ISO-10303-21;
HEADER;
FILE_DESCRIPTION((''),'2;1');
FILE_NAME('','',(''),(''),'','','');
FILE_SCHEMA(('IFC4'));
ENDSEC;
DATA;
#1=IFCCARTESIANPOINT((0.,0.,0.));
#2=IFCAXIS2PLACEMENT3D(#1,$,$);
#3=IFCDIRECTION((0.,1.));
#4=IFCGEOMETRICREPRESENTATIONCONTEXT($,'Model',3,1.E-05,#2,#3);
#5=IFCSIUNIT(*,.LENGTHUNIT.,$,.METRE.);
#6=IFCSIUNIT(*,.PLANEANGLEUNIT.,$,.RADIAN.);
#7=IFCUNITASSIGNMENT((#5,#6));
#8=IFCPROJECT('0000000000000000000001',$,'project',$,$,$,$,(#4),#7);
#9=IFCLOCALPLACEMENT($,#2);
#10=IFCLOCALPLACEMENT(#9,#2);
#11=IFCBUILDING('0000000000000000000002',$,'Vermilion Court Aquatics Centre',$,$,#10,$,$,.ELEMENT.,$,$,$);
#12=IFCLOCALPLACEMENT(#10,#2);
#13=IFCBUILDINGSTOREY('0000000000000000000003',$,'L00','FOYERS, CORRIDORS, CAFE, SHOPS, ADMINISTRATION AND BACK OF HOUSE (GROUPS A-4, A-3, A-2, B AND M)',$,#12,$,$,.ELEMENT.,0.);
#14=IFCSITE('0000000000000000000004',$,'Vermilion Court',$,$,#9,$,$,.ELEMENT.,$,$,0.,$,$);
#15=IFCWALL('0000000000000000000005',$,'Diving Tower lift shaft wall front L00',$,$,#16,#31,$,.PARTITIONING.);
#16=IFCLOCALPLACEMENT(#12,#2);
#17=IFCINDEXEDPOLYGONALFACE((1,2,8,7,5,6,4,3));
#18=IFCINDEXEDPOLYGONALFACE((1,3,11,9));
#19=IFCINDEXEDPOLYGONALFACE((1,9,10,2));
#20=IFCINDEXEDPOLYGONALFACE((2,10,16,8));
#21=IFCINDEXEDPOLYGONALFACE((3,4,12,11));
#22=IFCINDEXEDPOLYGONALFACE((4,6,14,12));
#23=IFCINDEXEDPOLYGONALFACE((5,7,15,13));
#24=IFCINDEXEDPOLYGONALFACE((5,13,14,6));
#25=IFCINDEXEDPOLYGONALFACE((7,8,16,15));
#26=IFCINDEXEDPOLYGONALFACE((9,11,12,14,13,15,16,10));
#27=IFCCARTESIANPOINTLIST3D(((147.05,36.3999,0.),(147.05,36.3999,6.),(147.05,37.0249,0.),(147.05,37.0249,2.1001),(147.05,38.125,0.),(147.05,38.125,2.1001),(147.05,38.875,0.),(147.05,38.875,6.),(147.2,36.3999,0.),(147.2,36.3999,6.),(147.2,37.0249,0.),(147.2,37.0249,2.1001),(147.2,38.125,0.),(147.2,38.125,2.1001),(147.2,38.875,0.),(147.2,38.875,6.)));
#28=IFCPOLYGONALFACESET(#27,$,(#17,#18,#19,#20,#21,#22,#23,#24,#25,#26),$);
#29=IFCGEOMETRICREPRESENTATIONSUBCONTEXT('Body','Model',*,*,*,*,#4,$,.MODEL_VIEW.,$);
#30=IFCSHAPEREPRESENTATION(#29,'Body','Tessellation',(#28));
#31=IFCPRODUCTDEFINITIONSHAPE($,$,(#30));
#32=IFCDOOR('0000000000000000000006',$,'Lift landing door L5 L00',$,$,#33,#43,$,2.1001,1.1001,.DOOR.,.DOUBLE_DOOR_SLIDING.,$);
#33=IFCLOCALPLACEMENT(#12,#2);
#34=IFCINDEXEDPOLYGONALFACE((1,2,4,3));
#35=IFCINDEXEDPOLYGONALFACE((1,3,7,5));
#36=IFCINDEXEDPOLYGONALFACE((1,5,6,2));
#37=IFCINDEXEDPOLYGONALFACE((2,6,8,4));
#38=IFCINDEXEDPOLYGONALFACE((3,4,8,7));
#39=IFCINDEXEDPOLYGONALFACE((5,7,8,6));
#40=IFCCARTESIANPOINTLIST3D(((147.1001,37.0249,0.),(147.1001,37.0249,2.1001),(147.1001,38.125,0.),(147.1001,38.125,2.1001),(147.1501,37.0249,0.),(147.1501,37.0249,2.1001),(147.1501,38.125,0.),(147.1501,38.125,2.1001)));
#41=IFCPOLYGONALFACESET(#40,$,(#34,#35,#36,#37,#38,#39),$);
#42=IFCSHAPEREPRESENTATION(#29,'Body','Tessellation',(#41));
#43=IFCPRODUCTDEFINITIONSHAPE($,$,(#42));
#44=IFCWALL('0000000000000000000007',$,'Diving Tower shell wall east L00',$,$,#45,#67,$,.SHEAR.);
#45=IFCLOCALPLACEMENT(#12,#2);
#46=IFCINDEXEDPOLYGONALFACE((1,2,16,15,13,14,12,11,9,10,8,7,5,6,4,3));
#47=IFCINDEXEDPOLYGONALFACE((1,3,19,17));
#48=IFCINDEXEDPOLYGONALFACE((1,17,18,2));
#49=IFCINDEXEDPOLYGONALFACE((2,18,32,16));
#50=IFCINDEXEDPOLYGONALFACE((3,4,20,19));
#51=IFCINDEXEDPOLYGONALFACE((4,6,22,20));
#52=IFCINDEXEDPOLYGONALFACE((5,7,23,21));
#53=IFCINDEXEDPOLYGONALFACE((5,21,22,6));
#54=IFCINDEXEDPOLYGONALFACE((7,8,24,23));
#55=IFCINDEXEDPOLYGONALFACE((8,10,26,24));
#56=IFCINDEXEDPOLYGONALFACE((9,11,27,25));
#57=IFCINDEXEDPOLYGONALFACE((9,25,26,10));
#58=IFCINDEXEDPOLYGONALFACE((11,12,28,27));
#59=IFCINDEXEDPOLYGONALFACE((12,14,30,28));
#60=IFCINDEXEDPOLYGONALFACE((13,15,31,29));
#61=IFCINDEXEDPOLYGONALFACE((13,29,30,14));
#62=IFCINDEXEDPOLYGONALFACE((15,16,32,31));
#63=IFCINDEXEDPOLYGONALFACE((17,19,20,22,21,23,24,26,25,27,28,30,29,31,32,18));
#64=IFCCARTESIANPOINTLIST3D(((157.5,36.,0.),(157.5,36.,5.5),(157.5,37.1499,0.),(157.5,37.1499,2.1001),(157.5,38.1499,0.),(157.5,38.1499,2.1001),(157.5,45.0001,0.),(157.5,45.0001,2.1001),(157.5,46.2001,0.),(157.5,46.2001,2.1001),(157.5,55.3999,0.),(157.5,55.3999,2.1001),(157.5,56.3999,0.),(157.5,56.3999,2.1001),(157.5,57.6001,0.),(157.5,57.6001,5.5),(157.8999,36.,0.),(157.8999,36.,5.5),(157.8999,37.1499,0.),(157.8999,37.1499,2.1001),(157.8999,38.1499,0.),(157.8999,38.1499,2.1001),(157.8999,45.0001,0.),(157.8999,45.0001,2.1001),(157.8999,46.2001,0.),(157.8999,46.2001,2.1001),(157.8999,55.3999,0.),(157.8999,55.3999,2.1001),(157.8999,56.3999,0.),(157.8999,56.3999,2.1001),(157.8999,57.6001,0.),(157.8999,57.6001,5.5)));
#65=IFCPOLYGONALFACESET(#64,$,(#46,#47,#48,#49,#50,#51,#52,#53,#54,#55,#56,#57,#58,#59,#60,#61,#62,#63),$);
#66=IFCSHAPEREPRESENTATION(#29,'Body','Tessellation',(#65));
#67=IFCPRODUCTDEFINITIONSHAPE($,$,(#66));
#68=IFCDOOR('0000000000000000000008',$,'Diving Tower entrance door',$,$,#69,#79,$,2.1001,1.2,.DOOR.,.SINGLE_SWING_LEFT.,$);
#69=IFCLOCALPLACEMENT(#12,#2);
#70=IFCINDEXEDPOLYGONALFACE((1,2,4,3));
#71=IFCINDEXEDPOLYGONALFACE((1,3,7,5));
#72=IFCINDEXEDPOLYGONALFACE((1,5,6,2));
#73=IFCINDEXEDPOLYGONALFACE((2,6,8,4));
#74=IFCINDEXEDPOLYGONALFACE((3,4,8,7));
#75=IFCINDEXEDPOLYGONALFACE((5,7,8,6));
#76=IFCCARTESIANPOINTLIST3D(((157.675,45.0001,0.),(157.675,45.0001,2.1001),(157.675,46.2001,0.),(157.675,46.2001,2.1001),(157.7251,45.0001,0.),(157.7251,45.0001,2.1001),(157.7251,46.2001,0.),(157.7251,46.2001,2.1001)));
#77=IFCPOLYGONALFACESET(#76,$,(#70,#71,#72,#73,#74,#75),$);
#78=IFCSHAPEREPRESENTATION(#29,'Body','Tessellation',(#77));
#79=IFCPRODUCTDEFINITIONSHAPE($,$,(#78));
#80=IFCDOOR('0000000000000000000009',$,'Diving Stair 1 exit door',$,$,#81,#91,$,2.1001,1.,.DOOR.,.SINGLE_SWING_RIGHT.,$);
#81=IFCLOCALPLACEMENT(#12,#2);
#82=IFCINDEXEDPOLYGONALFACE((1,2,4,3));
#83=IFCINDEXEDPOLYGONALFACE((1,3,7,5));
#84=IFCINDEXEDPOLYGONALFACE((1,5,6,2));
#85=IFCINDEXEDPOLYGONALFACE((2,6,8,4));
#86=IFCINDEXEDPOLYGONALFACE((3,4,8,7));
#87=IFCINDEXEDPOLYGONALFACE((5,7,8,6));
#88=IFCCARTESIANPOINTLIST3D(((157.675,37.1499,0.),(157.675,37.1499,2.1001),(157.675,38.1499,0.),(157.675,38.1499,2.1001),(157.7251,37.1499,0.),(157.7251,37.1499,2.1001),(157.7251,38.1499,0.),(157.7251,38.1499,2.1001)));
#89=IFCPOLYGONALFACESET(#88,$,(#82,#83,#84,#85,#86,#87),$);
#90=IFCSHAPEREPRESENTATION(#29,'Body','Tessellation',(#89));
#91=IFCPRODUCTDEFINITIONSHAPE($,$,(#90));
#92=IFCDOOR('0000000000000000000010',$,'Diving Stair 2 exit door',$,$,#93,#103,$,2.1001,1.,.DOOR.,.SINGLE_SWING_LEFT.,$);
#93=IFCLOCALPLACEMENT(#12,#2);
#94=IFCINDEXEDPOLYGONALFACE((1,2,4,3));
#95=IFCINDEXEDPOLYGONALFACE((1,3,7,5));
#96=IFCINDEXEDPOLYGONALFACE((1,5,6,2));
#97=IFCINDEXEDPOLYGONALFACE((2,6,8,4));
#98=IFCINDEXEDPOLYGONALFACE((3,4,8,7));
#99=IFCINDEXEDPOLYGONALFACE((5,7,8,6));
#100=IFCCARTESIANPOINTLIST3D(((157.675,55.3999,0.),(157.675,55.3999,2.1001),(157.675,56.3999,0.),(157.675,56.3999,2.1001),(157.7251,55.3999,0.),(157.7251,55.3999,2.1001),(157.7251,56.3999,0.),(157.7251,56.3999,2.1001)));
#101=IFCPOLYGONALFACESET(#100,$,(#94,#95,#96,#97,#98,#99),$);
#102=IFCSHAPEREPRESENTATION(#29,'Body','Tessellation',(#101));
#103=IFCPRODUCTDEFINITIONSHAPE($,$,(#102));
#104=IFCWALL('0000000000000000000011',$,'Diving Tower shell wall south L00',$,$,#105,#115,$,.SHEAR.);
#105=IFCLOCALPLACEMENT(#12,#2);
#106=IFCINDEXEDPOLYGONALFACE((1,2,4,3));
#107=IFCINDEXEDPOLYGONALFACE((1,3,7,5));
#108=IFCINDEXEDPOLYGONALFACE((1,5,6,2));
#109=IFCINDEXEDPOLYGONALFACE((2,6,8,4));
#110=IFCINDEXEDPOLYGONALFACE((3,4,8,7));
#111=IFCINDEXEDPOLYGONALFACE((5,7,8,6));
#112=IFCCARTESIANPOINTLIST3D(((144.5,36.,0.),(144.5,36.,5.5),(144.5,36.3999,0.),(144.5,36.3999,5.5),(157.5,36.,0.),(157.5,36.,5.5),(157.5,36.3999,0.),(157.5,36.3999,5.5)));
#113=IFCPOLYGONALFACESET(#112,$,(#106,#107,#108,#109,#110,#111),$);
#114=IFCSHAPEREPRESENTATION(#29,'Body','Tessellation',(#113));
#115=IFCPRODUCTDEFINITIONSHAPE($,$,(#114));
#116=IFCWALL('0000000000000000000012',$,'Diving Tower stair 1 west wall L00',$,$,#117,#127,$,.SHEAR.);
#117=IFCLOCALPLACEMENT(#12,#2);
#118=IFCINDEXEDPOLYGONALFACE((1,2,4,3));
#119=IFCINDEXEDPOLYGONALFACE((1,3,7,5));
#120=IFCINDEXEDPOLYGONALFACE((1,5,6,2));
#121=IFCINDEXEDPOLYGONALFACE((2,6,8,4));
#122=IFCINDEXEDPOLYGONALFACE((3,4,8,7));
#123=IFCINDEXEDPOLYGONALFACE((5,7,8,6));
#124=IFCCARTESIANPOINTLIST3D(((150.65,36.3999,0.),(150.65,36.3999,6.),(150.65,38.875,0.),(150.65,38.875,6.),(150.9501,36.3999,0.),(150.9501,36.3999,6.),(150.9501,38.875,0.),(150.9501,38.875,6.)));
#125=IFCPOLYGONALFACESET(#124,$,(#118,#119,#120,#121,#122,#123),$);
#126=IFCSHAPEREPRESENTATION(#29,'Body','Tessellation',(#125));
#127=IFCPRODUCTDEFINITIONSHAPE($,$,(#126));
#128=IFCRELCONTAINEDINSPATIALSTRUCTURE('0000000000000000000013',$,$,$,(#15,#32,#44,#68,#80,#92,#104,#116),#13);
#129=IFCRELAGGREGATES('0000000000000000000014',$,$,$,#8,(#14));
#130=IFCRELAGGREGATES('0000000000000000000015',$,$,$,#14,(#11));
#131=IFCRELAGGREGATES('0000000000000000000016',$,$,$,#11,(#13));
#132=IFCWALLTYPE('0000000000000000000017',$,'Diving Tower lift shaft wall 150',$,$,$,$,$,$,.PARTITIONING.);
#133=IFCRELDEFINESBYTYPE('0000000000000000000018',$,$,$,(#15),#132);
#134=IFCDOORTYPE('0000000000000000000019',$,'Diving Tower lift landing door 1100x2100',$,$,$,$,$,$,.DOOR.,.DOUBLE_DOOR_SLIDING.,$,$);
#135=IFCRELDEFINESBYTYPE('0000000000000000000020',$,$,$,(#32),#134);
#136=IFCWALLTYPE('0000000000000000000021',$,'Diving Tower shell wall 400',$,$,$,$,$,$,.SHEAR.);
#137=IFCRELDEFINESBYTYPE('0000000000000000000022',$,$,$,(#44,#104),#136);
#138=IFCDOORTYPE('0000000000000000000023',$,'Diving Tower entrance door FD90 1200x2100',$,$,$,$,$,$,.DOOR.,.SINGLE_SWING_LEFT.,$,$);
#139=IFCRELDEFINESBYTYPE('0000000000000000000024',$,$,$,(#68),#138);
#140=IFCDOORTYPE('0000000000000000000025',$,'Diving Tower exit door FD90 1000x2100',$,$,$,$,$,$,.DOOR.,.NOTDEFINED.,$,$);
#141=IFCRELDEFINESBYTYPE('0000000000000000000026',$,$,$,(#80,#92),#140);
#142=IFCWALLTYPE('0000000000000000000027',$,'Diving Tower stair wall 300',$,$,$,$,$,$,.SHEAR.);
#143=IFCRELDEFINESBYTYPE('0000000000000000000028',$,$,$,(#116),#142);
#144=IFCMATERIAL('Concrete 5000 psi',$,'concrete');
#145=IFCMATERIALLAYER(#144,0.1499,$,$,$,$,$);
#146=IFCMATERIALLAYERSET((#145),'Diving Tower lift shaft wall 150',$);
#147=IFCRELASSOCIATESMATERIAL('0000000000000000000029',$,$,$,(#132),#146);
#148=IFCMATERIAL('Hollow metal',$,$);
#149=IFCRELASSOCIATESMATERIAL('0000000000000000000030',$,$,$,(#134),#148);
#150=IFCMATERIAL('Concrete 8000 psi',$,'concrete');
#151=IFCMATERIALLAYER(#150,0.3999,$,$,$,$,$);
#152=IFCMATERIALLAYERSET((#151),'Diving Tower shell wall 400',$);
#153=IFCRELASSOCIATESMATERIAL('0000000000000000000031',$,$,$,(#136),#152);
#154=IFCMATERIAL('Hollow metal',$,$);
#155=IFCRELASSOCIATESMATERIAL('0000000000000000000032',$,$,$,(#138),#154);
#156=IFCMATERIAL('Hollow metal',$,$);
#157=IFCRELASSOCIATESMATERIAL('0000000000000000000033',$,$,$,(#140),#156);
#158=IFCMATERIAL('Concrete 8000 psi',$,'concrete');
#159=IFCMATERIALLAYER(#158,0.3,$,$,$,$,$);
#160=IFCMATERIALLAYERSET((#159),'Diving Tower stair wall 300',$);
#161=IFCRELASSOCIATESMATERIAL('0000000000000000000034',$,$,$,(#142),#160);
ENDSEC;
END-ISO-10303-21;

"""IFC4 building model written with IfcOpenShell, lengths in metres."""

from ifc_helpers import new_model, si_unit, direction, frame, frame_2d, origin, place, context, subcontext, project, spatial, rectangle, extrude, material, layer, layer_set, type_object, element, fill, save


model = new_model("IFC4")

# Units and contexts
model_context = context("Model", 3, precision=1e-05, world=origin(), true_north=direction((0.0, 1.0)))
body_context = subcontext(model_context, "Body", "Model", "MODEL_VIEW")
ifc_project = project(units=[si_unit("LENGTHUNIT", "METRE"), si_unit("PLANEANGLEUNIT", "RADIAN")], contexts=[model_context])

# Site, building, storey
site_placement = place(None, origin())
site = spatial("IfcSite", under=ifc_project, at=site_placement, Name="Vermilion Court", CompositionType="ELEMENT", RefElevation=0.0)
building_placement = place(site_placement, origin())
building = spatial("IfcBuilding", under=site, at=building_placement, Name="Vermilion Court Aquatics Centre", CompositionType="ELEMENT")
storey_placement = place(building_placement, origin())
storey = spatial("IfcBuildingStorey", under=building, at=storey_placement, Name="L00", Description="FOYERS, CORRIDORS, CAFE, SHOPS, ADMINISTRATION AND BACK OF HOUSE (GROUPS A-4, A-3, A-2, B AND M)", CompositionType="ELEMENT", Elevation=0.0)

# Shared definitions
ifc_material_1 = material(Name="Concrete 5000 psi", Category="concrete")
ifc_layer_1 = layer(ifc_material_1, 0.1499)
ifc_layer_set_1 = layer_set([ifc_layer_1], Name="Diving Tower lift shaft wall 150")
wall_type_1 = type_object("IfcWallType", Name="Diving Tower lift shaft wall 150", PredefinedType="PARTITIONING", material=ifc_layer_set_1)

# Wall, opening, door
wall_1_placement = place(storey_placement, frame((147.125, 36.3999, 0.0), z_axis=(0.0, 0.0, 1.0), x_axis=(0.0, 1.0, 0.0)))
wall_1 = element("IfcWall", 1, at=wall_1_placement, inside=storey, type_object=wall_type_1, Name="Diving Tower lift shaft wall front L00", PredefinedType="PARTITIONING", context=body_context, shape_type="SweptSolid", body=[
    extrude(rectangle(XDim=2.4751, YDim=0.1499, at=frame_2d((1.2375, 0.0))), origin(), (0.0, 0.0, 1.0), 6.0),
])
opening_1_placement = place(wall_1_placement, frame((0.625, 0.0, 0.0)))
opening_1 = element("IfcOpeningElement", 2, at=opening_1_placement, cuts=wall_1, PredefinedType="OPENING", context=body_context, shape_type="SweptSolid", body=[
    extrude(rectangle(XDim=1.1001, YDim=2.1001, at=frame_2d((0.55, 1.05))), frame((0.0, 0.085, 0.0), z_axis=(0.0, -1.0, 0.0), x_axis=(1.0, 0.0, 0.0)), (0.0, 0.0, 1.0), 0.1699),
])
ifc_material_2 = material(Name="Hollow metal")
door_type_1 = type_object("IfcDoorType", Name="Diving Tower lift landing door 1100x2100", OperationType="DOUBLE_DOOR_SLIDING", PredefinedType="DOOR", material=ifc_material_2)
door_1_placement = place(opening_1_placement, origin())
door_1 = element("IfcDoor", 3, at=door_1_placement, inside=storey, type_object=door_type_1, Name="Lift landing door L5 L00", OperationType="DOUBLE_DOOR_SLIDING", OverallHeight=2.1001, OverallWidth=1.1001, PredefinedType="DOOR", context=body_context, shape_type="SweptSolid", body=[
    extrude(rectangle(XDim=1.1001, YDim=2.1001, at=frame_2d((0.55, 1.05))), frame((0.0, 0.0249, 0.0), z_axis=(0.0, -1.0, 0.0), x_axis=(1.0, 0.0, 0.0)), (0.0, 0.0, 1.0), 0.05),
])
fill(opening_1, door_1)

# Wall, openings, doors
ifc_material_3 = material(Name="Concrete 8000 psi", Category="concrete")
ifc_layer_2 = layer(ifc_material_3, 0.3999)
ifc_layer_set_2 = layer_set([ifc_layer_2], Name="Diving Tower shell wall 400")
wall_type_2 = type_object("IfcWallType", Name="Diving Tower shell wall 400", PredefinedType="SHEAR", material=ifc_layer_set_2)
wall_2_placement = place(storey_placement, frame((157.7, 36.0, 0.0), z_axis=(0.0, 0.0, 1.0), x_axis=(0.0, 1.0, 0.0)))
wall_2 = element("IfcWall", 4, at=wall_2_placement, inside=storey, type_object=wall_type_2, Name="Diving Tower shell wall east L00", PredefinedType="SHEAR", context=body_context, shape_type="SweptSolid", body=[
    extrude(rectangle(XDim=21.6001, YDim=0.3999, at=frame_2d((10.8, 0.0))), origin(), (0.0, 0.0, 1.0), 5.5),
])
opening_2_placement = place(wall_2_placement, frame((1.1499, 0.0, 0.0)))
opening_2 = element("IfcOpeningElement", 5, at=opening_2_placement, cuts=wall_2, PredefinedType="OPENING", context=body_context, shape_type="SweptSolid", body=[
    extrude(rectangle(XDim=1.0, YDim=2.1001, at=frame_2d((0.5, 1.05))), frame((0.0, 0.21, 0.0), z_axis=(0.0, -1.0, 0.0), x_axis=(1.0, 0.0, 0.0)), (0.0, 0.0, 1.0), 0.4199),
])
opening_3_placement = place(wall_2_placement, frame((19.3999, 0.0, 0.0)))
opening_3 = element("IfcOpeningElement", 6, at=opening_3_placement, cuts=wall_2, PredefinedType="OPENING", context=body_context, shape_type="SweptSolid", body=[
    extrude(rectangle(XDim=1.0, YDim=2.1001, at=frame_2d((0.5, 1.05))), frame((0.0, 0.21, 0.0), z_axis=(0.0, -1.0, 0.0), x_axis=(1.0, 0.0, 0.0)), (0.0, 0.0, 1.0), 0.4199),
])
opening_4_placement = place(wall_2_placement, frame((9.0, 0.0, 0.0)))
opening_4 = element("IfcOpeningElement", 7, at=opening_4_placement, cuts=wall_2, PredefinedType="OPENING", context=body_context, shape_type="SweptSolid", body=[
    extrude(rectangle(XDim=1.2, YDim=2.1001, at=frame_2d((0.6001, 1.05))), frame((0.0, 0.21, 0.0), z_axis=(0.0, -1.0, 0.0), x_axis=(1.0, 0.0, 0.0)), (0.0, 0.0, 1.0), 0.4199),
])
ifc_material_4 = material(Name="Hollow metal")
door_type_2 = type_object("IfcDoorType", Name="Diving Tower entrance door FD90 1200x2100", OperationType="SINGLE_SWING_LEFT", PredefinedType="DOOR", material=ifc_material_4)
door_2_placement = place(opening_4_placement, origin())
door_2 = element("IfcDoor", 8, at=door_2_placement, inside=storey, type_object=door_type_2, Name="Diving Tower entrance door", OperationType="SINGLE_SWING_LEFT", OverallHeight=2.1001, OverallWidth=1.2, PredefinedType="DOOR", context=body_context, shape_type="SweptSolid", body=[
    extrude(rectangle(XDim=1.2, YDim=2.1001, at=frame_2d((0.6001, 1.05))), frame((0.0, 0.0249, 0.0), z_axis=(0.0, -1.0, 0.0), x_axis=(1.0, 0.0, 0.0)), (0.0, 0.0, 1.0), 0.05),
])
fill(opening_4, door_2)
ifc_material_5 = material(Name="Hollow metal")
door_type_3 = type_object("IfcDoorType", Name="Diving Tower exit door FD90 1000x2100", OperationType="NOTDEFINED", PredefinedType="DOOR", material=ifc_material_5)
door_3_placement = place(opening_2_placement, frame((1.0, 0.0, 0.0), z_axis=(0.0, 0.0, 1.0), x_axis=(-1.0, 0.0, 0.0)))
door_3 = element("IfcDoor", 9, at=door_3_placement, inside=storey, type_object=door_type_3, Name="Diving Stair 1 exit door", OperationType="SINGLE_SWING_RIGHT", OverallHeight=2.1001, OverallWidth=1.0, PredefinedType="DOOR", context=body_context, shape_type="SweptSolid", body=[
    extrude(rectangle(XDim=1.0, YDim=2.1001, at=frame_2d((0.5, 1.05))), frame((0.0, 0.0251, 0.0), z_axis=(0.0, -1.0, 0.0), x_axis=(1.0, 0.0, 0.0)), (0.0, 0.0, 1.0), 0.05),
])
fill(opening_2, door_3)
door_4_placement = place(opening_3_placement, frame((1.0, 0.0, 0.0), z_axis=(0.0, 0.0, 1.0), x_axis=(-1.0, 0.0, 0.0)))
door_4 = element("IfcDoor", 10, at=door_4_placement, inside=storey, type_object=door_type_3, Name="Diving Stair 2 exit door", OperationType="SINGLE_SWING_LEFT", OverallHeight=2.1001, OverallWidth=1.0, PredefinedType="DOOR", context=body_context, shape_type="SweptSolid", body=[
    extrude(rectangle(XDim=1.0, YDim=2.1001, at=frame_2d((0.5, 1.05))), frame((0.0, 0.0251, 0.0), z_axis=(0.0, -1.0, 0.0), x_axis=(1.0, 0.0, 0.0)), (0.0, 0.0, 1.0), 0.05),
])
fill(opening_3, door_4)

# Walls
wall_3_placement = place(storey_placement, frame((144.5, 36.2, 0.0), z_axis=(0.0, 0.0, 1.0), x_axis=(1.0, 0.0, 0.0)))
element("IfcWall", 11, at=wall_3_placement, inside=storey, type_object=wall_type_2, Name="Diving Tower shell wall south L00", PredefinedType="SHEAR", context=body_context, shape_type="SweptSolid", body=[
    extrude(rectangle(XDim=13.0, YDim=0.3999, at=frame_2d((6.5, 0.0))), origin(), (0.0, 0.0, 1.0), 5.5),
])
ifc_material_6 = material(Name="Concrete 8000 psi", Category="concrete")
ifc_layer_3 = layer(ifc_material_6, 0.3)
ifc_layer_set_3 = layer_set([ifc_layer_3], Name="Diving Tower stair wall 300")
wall_type_3 = type_object("IfcWallType", Name="Diving Tower stair wall 300", PredefinedType="SHEAR", material=ifc_layer_set_3)
wall_4_placement = place(storey_placement, frame((150.8, 36.3999, 0.0), z_axis=(0.0, 0.0, 1.0), x_axis=(0.0, 1.0, 0.0)))
element("IfcWall", 12, at=wall_4_placement, inside=storey, type_object=wall_type_3, Name="Diving Tower stair 1 west wall L00", PredefinedType="SHEAR", context=body_context, shape_type="SweptSolid", body=[
    extrude(rectangle(XDim=2.4751, YDim=0.3, at=frame_2d((1.2375, 0.0))), origin(), (0.0, 0.0, 1.0), 6.0),
])

save(model, "model.ifc")
